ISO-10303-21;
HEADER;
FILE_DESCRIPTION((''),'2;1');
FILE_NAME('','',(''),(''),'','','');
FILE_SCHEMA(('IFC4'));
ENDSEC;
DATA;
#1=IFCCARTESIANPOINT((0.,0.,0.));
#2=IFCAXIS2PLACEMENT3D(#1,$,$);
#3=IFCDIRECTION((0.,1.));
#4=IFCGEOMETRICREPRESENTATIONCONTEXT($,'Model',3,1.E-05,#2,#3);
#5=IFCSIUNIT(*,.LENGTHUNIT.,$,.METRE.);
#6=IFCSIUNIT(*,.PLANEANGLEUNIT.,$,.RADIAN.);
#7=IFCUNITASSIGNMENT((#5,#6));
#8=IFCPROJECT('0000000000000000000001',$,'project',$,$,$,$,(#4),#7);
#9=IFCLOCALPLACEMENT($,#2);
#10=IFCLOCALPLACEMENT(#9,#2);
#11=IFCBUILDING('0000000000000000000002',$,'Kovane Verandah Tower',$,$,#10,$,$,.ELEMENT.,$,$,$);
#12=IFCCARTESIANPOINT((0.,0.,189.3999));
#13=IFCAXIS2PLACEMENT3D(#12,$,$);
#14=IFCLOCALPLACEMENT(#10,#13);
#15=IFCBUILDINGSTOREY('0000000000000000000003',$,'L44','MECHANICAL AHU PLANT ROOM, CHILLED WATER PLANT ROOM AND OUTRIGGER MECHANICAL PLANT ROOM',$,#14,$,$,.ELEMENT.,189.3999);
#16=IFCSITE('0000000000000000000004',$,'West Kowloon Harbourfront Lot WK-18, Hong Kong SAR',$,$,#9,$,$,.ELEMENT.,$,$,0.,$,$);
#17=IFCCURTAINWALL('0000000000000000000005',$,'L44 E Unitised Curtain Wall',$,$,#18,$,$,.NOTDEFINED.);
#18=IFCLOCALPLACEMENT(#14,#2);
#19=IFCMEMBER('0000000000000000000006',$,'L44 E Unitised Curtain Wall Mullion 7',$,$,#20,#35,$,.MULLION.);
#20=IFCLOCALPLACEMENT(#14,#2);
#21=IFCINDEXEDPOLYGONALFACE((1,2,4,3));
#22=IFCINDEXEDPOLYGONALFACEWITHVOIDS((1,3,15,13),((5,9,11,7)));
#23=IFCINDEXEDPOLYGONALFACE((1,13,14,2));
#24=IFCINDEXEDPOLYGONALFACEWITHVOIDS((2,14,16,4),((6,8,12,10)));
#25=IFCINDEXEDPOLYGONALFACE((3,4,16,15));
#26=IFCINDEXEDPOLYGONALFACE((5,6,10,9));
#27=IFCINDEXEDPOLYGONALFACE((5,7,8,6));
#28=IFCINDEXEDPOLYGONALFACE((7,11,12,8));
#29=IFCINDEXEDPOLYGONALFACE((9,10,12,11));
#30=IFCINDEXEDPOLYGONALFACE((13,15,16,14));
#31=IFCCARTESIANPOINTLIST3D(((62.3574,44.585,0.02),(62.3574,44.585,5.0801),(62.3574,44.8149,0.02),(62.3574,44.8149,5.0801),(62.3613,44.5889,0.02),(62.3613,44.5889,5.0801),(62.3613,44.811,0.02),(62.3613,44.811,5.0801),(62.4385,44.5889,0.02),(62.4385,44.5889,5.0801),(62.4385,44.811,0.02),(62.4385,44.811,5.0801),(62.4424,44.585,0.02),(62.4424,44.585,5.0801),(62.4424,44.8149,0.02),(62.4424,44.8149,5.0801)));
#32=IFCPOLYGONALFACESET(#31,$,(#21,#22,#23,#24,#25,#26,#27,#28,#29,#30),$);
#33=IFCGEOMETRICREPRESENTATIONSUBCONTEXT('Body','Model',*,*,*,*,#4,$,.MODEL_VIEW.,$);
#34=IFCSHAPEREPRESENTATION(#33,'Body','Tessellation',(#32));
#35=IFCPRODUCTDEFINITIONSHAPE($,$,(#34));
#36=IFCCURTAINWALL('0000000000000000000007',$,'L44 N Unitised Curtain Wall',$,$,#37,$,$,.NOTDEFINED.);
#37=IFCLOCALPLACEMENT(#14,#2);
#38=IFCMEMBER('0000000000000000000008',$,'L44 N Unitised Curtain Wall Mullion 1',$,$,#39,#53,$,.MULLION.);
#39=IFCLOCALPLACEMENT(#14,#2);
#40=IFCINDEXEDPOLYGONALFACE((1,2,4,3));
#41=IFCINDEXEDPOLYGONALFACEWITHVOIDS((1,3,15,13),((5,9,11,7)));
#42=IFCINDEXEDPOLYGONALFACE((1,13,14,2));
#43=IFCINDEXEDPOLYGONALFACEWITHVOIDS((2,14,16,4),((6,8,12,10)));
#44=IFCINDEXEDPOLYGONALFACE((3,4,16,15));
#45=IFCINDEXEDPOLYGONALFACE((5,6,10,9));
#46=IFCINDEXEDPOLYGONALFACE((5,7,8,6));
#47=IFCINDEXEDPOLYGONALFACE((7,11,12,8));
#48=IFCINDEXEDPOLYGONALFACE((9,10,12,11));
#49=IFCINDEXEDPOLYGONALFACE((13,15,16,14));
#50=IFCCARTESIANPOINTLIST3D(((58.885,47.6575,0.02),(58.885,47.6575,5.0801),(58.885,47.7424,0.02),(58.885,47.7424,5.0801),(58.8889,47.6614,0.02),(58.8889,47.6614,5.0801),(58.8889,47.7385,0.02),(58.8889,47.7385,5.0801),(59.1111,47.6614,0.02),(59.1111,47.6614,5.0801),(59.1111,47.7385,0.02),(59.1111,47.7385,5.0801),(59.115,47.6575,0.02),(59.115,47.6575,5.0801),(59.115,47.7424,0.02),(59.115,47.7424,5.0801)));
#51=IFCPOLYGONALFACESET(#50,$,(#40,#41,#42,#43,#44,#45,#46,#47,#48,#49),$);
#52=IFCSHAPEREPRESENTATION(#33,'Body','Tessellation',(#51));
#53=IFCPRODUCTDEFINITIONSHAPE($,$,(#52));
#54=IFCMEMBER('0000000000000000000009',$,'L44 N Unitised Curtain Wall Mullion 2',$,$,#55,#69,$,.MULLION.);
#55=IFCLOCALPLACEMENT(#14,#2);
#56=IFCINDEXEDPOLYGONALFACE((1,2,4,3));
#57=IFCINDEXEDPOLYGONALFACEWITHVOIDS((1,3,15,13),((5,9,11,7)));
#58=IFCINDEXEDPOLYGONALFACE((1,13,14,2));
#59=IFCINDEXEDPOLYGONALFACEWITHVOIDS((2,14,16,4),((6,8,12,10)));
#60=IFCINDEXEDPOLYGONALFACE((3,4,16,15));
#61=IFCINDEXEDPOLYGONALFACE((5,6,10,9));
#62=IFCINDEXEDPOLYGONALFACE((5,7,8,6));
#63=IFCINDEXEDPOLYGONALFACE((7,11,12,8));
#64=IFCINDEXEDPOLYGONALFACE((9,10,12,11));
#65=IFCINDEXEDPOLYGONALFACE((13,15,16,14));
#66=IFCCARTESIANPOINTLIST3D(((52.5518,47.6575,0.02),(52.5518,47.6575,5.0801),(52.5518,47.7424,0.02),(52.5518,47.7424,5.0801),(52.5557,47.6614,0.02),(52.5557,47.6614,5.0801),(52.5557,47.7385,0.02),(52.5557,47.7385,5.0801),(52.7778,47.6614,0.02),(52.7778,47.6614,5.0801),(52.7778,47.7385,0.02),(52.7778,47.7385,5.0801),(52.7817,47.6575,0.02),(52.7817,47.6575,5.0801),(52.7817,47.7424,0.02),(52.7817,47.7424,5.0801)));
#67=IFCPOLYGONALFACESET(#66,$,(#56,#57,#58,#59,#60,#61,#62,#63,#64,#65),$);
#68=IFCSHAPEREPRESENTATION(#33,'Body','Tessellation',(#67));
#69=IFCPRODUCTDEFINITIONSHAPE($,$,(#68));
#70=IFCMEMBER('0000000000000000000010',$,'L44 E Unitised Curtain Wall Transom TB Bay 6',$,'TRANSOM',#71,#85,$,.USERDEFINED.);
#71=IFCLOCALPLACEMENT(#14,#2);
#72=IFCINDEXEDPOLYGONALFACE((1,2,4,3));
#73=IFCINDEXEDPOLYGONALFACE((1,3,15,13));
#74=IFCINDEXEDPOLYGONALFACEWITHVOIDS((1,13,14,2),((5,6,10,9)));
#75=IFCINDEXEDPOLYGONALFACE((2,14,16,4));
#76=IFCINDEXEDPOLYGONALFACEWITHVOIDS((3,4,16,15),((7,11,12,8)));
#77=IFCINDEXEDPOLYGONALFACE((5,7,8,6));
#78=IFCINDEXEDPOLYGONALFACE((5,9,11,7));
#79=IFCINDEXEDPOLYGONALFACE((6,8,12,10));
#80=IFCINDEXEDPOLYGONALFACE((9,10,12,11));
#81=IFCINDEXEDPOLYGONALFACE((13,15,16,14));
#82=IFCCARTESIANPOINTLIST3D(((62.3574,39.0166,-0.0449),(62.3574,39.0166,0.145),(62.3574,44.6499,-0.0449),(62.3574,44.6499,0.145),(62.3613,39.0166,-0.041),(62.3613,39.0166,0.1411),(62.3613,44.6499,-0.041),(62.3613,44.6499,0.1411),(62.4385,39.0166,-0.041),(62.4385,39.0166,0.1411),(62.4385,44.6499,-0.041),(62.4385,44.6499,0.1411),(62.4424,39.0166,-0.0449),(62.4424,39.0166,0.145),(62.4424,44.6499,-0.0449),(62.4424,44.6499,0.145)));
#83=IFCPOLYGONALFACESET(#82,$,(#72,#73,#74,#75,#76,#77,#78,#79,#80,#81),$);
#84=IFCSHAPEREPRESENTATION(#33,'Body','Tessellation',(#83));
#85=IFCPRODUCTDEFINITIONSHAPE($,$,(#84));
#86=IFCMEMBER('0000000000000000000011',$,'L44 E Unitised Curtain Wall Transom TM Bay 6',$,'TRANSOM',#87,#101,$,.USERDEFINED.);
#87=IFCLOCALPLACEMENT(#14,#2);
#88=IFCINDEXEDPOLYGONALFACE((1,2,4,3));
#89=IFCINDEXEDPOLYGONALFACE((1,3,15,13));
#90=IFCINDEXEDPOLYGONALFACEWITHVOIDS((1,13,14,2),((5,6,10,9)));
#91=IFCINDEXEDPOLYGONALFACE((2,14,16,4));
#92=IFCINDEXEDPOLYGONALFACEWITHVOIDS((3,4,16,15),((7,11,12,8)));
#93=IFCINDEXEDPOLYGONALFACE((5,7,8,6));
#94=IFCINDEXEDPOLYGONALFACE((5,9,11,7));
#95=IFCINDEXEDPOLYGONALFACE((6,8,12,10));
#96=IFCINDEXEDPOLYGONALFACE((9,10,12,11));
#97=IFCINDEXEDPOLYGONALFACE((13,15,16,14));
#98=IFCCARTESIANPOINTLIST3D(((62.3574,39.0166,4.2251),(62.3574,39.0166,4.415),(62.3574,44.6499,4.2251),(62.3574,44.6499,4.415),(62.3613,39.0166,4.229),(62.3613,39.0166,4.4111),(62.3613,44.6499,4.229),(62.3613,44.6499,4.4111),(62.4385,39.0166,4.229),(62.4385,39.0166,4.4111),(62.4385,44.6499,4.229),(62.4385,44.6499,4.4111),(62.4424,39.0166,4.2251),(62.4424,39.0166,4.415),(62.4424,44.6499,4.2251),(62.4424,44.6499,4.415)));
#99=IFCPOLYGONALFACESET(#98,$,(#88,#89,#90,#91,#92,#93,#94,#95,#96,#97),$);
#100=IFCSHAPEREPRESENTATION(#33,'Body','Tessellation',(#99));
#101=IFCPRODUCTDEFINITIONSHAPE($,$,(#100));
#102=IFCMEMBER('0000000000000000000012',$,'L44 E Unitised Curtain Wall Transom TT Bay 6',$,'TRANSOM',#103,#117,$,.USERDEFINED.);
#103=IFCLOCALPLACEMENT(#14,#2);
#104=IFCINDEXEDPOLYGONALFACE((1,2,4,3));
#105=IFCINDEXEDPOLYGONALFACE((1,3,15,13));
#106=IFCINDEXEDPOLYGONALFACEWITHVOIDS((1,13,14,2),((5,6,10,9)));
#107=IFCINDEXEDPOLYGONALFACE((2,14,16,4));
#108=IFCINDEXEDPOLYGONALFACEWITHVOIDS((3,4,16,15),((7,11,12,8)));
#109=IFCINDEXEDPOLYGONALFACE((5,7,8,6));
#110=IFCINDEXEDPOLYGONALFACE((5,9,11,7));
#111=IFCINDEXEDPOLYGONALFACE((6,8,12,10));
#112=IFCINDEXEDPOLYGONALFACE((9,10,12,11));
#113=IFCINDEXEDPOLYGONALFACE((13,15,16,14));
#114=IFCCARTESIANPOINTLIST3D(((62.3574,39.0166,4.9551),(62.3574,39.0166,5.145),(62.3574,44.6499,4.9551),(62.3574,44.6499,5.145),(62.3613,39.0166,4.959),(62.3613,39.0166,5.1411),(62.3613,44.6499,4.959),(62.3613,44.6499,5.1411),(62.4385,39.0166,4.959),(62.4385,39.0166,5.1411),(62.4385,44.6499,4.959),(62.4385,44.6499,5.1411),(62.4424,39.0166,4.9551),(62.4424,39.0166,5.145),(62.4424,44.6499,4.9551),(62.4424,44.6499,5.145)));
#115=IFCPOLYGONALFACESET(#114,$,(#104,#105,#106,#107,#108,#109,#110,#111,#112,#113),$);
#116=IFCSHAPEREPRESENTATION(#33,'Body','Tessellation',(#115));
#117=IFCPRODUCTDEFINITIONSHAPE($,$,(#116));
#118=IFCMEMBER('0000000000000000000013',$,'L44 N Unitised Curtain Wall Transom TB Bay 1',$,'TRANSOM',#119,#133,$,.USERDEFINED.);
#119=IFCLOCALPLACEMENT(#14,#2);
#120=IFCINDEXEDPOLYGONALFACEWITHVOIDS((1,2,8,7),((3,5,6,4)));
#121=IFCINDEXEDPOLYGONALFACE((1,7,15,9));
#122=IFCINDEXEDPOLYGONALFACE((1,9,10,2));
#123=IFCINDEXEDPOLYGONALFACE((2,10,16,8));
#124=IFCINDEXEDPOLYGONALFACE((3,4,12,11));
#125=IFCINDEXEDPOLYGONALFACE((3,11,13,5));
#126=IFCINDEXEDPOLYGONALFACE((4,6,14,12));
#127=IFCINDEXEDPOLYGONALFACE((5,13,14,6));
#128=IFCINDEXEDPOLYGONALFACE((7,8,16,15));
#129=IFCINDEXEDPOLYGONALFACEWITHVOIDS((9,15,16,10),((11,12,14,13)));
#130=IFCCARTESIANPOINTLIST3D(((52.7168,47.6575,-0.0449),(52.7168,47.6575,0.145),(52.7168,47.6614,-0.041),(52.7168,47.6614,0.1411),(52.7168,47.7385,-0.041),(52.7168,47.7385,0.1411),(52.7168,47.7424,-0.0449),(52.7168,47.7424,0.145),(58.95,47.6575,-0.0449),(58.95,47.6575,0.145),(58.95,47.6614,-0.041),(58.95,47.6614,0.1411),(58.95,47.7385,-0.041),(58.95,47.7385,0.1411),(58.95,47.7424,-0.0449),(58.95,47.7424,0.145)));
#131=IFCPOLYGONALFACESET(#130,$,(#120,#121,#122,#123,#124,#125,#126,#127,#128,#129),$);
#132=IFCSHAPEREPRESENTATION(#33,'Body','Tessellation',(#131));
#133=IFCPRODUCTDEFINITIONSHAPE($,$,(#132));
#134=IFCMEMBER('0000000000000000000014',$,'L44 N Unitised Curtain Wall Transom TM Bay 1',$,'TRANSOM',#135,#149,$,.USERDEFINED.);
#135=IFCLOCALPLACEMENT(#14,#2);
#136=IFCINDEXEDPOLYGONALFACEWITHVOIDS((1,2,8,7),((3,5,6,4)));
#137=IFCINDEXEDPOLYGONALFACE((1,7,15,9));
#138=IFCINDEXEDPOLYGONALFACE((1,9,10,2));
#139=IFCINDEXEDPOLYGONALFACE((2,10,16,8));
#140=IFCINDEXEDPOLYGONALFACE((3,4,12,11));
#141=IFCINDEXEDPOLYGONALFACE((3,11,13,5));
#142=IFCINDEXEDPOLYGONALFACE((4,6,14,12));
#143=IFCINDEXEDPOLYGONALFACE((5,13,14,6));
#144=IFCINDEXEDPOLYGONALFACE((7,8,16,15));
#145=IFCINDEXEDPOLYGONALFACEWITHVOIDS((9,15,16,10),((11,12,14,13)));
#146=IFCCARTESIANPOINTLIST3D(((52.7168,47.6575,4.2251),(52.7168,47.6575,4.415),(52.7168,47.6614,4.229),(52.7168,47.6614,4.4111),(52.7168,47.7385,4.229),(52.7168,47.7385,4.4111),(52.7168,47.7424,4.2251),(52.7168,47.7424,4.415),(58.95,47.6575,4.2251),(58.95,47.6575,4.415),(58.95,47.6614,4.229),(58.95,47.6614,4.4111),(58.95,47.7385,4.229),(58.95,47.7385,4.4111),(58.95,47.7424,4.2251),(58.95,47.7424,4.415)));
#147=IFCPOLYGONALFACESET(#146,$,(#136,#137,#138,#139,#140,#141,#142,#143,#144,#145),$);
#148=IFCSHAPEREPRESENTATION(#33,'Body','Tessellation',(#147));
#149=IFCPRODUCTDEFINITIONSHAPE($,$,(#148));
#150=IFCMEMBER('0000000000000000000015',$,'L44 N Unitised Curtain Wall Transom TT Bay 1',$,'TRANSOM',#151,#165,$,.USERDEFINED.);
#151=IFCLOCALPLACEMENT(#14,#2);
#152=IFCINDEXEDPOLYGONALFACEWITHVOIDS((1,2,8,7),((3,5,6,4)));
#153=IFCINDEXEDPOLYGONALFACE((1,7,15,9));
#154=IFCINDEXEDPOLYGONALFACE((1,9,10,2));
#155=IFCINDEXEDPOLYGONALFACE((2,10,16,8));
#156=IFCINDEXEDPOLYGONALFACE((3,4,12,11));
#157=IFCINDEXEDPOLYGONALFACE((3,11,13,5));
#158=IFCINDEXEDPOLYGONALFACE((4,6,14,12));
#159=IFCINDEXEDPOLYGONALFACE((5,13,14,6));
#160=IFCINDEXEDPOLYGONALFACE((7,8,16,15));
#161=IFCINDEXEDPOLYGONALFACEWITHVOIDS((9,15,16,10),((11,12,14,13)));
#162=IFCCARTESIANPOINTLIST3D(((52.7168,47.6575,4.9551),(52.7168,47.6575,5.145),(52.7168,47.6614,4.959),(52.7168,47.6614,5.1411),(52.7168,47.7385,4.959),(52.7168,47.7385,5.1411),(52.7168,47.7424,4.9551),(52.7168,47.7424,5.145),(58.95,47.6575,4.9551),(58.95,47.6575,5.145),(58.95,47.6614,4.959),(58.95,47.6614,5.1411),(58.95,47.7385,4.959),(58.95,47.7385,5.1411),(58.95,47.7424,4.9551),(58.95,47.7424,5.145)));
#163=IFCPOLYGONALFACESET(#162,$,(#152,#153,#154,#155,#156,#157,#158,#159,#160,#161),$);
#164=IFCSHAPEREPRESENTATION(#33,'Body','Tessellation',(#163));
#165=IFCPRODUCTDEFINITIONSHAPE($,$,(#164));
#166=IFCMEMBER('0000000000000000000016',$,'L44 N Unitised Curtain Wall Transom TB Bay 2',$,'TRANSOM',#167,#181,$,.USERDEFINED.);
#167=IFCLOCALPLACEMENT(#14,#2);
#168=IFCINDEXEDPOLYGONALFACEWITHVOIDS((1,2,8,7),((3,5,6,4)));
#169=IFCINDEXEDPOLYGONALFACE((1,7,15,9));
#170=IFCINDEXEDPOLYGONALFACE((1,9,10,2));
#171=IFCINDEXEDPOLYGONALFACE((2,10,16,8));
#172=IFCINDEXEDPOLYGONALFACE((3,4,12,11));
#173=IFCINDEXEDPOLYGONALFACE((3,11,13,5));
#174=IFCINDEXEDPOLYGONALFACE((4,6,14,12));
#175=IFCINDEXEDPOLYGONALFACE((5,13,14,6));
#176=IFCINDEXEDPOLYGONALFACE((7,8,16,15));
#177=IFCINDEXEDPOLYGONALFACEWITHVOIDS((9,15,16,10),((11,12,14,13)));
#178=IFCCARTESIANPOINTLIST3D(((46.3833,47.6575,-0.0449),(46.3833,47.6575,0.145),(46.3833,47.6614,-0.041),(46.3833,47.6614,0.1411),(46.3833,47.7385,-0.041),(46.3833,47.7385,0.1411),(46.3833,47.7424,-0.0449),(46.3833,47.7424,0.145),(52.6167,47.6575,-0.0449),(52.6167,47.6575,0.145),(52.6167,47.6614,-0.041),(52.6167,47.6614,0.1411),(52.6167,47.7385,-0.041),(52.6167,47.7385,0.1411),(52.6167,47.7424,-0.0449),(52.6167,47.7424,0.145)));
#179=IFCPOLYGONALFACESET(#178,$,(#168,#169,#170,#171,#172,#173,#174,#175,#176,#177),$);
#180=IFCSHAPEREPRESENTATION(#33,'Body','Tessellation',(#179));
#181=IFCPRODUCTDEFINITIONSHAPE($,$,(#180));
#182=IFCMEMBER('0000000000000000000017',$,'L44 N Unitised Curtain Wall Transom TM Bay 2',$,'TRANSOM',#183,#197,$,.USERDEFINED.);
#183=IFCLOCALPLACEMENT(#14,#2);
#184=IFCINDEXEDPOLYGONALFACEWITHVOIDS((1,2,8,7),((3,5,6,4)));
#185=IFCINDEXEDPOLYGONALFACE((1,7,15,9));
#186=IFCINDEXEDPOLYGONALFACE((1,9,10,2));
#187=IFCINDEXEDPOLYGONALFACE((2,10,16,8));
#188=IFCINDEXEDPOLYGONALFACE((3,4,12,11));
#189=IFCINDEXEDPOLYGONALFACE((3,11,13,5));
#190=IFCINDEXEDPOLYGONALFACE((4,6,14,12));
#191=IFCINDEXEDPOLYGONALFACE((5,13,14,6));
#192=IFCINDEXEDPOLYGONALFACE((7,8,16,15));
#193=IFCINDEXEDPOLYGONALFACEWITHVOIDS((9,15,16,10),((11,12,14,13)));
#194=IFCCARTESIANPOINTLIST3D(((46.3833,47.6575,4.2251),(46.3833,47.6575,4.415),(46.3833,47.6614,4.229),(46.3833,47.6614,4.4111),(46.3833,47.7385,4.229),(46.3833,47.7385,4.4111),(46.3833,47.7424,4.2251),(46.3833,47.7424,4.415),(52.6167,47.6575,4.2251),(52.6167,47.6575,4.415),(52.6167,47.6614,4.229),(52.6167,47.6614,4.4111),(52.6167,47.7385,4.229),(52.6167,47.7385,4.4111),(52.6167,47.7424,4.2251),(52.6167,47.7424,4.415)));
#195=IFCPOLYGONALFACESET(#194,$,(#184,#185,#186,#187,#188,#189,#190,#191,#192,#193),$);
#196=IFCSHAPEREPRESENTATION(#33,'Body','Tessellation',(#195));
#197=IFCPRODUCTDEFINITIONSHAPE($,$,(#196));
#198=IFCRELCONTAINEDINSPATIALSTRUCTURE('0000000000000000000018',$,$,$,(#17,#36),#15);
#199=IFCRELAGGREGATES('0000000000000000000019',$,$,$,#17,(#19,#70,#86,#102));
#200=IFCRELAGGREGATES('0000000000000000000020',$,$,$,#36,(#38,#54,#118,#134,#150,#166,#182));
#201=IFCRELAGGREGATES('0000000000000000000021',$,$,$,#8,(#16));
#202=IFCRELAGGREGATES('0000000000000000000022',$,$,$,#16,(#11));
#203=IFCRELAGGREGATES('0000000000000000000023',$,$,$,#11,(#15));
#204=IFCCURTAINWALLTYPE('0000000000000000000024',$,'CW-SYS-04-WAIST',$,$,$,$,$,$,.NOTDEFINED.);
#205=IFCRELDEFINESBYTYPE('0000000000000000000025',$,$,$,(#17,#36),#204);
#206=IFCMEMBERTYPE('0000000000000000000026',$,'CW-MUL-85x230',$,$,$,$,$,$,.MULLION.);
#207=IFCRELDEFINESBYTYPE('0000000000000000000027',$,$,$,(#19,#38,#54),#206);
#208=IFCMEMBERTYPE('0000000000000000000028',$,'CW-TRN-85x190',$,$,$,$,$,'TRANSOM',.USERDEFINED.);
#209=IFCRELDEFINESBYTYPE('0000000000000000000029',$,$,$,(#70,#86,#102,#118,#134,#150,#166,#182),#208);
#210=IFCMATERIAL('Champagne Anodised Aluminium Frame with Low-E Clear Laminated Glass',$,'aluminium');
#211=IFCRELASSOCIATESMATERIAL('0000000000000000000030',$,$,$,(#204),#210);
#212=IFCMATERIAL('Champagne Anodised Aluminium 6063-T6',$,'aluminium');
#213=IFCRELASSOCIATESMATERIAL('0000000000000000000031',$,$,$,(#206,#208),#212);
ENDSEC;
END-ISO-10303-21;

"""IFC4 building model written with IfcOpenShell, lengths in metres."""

from ifc_helpers import new_model, si_unit, direction, frame, origin, origin_2d, place, context, subcontext, project, spatial, hollow_rectangle, extrude, material, material_profile, profile_set, type_object, element, aggregate, save


model = new_model("IFC4")

# Units and contexts
model_context = context("Model", 3, precision=1e-05, world=origin(), true_north=direction((0.0, 1.0)))
body_context = subcontext(model_context, "Body", "Model", "MODEL_VIEW")
ifc_project = project(units=[si_unit("LENGTHUNIT", "METRE"), si_unit("PLANEANGLEUNIT", "RADIAN")], contexts=[model_context])

# Site, building, storey
site_placement = place(None, origin())
site = spatial("IfcSite", under=ifc_project, at=site_placement, Name="West Kowloon Harbourfront Lot WK-18, Hong Kong SAR", CompositionType="ELEMENT", RefElevation=0.0)
building_placement = place(site_placement, origin())
building = spatial("IfcBuilding", under=site, at=building_placement, Name="Kovane Verandah Tower", CompositionType="ELEMENT")
storey_placement = place(building_placement, frame((0.0, 0.0, 189.3999)))
storey = spatial("IfcBuildingStorey", under=building, at=storey_placement, Name="L44", Description="MECHANICAL AHU PLANT ROOM, CHILLED WATER PLANT ROOM AND OUTRIGGER MECHANICAL PLANT ROOM", CompositionType="ELEMENT", Elevation=189.3999)

# Curtain walls, members
ifc_material_1 = material(Name="Champagne Anodised Aluminium Frame with Low-E Clear Laminated Glass", Category="aluminium")
curtain_wall_type = type_object("IfcCurtainWallType", Name="CW-SYS-04-WAIST", PredefinedType="NOTDEFINED", material=ifc_material_1)
curtain_wall_1_placement = place(storey_placement, origin())
curtain_wall_1 = element("IfcCurtainWall", 1, at=curtain_wall_1_placement, inside=storey, type_object=curtain_wall_type, Name="L44 E Unitised Curtain Wall", PredefinedType="NOTDEFINED")
ifc_material_2 = material(Name="Champagne Anodised Aluminium 6063-T6", Category="aluminium")
ifc_material_profile_1 = material_profile(ifc_material_2, hollow_rectangle(XDim=0.085, YDim=0.23, WallThickness=0.0039, at=origin_2d()), Name="AL85x230x4")
ifc_profile_set_1 = profile_set([ifc_material_profile_1], Name="Champagne Anodised Aluminium 6063-T6")
member_type_1 = type_object("IfcMemberType", Name="CW-MUL-85x230", PredefinedType="MULLION", material=ifc_profile_set_1)
member_1_placement = place(storey_placement, frame((62.3999, 44.7, 0.02), z_axis=(0.0, 0.0, 1.0), x_axis=(1.0, 0.0, 0.0)))
member_1 = element("IfcMember", 2, at=member_1_placement, type_object=member_type_1, Name="L44 E Unitised Curtain Wall Mullion 7", PredefinedType="MULLION", context=body_context, shape_type="SweptSolid", body=[
    extrude(hollow_rectangle(XDim=0.085, YDim=0.23, WallThickness=0.0039, at=origin_2d()), origin(), (0.0, 0.0, 1.0), 5.0601),
])
curtain_wall_2_placement = place(storey_placement, origin())
curtain_wall_2 = element("IfcCurtainWall", 3, at=curtain_wall_2_placement, inside=storey, type_object=curtain_wall_type, Name="L44 N Unitised Curtain Wall", PredefinedType="NOTDEFINED")
member_2_placement = place(storey_placement, frame((59.0, 47.7, 0.02), z_axis=(0.0, 0.0, 1.0), x_axis=(0.0, 1.0, 0.0)))
member_2 = element("IfcMember", 4, at=member_2_placement, type_object=member_type_1, Name="L44 N Unitised Curtain Wall Mullion 1", PredefinedType="MULLION", context=body_context, shape_type="SweptSolid", body=[
    extrude(hollow_rectangle(XDim=0.085, YDim=0.23, WallThickness=0.0039, at=origin_2d()), origin(), (0.0, 0.0, 1.0), 5.0601),
])
member_3_placement = place(storey_placement, frame((52.6667, 47.7, 0.02), z_axis=(0.0, 0.0, 1.0), x_axis=(0.0, 1.0, 0.0)))
member_3 = element("IfcMember", 5, at=member_3_placement, type_object=member_type_1, Name="L44 N Unitised Curtain Wall Mullion 2", PredefinedType="MULLION", context=body_context, shape_type="SweptSolid", body=[
    extrude(hollow_rectangle(XDim=0.085, YDim=0.23, WallThickness=0.0039, at=origin_2d()), origin(), (0.0, 0.0, 1.0), 5.0601),
])

# Members
ifc_material_profile_2 = material_profile(ifc_material_2, hollow_rectangle(XDim=0.085, YDim=0.1899, WallThickness=0.0039, at=origin_2d()), Name="AL85x190x4")
ifc_profile_set_2 = profile_set([ifc_material_profile_2], Name="Champagne Anodised Aluminium 6063-T6")
member_type_2 = type_object("IfcMemberType", Name="CW-TRN-85x190", ElementType="TRANSOM", PredefinedType="USERDEFINED", material=ifc_profile_set_2)
member_4_placement = place(storey_placement, frame((62.3999, 39.0166, 0.05), z_axis=(0.0, 1.0, 0.0), x_axis=(-1.0, 0.0, 0.0)))
member_4 = element("IfcMember", 6, at=member_4_placement, type_object=member_type_2, Name="L44 E Unitised Curtain Wall Transom TB Bay 6", ObjectType="TRANSOM", PredefinedType="USERDEFINED", context=body_context, shape_type="SweptSolid", body=[
    extrude(hollow_rectangle(XDim=0.085, YDim=0.1899, WallThickness=0.0039, at=origin_2d()), origin(), (0.0, 0.0, 1.0), 5.6333),
])
member_5_placement = place(storey_placement, frame((62.3999, 39.0166, 4.3201), z_axis=(0.0, 1.0, 0.0), x_axis=(-1.0, 0.0, 0.0)))
member_5 = element("IfcMember", 7, at=member_5_placement, type_object=member_type_2, Name="L44 E Unitised Curtain Wall Transom TM Bay 6", ObjectType="TRANSOM", PredefinedType="USERDEFINED", context=body_context, shape_type="SweptSolid", body=[
    extrude(hollow_rectangle(XDim=0.085, YDim=0.1899, WallThickness=0.0039, at=origin_2d()), origin(), (0.0, 0.0, 1.0), 5.6333),
])
member_6_placement = place(storey_placement, frame((62.3999, 39.0166, 5.05), z_axis=(0.0, 1.0, 0.0), x_axis=(-1.0, 0.0, 0.0)))
member_6 = element("IfcMember", 8, at=member_6_placement, type_object=member_type_2, Name="L44 E Unitised Curtain Wall Transom TT Bay 6", ObjectType="TRANSOM", PredefinedType="USERDEFINED", context=body_context, shape_type="SweptSolid", body=[
    extrude(hollow_rectangle(XDim=0.085, YDim=0.1899, WallThickness=0.0039, at=origin_2d()), origin(), (0.0, 0.0, 1.0), 5.6333),
])
member_7_placement = place(storey_placement, frame((58.95, 47.7, 0.05), z_axis=(-1.0, 0.0, 0.0), x_axis=(0.0, -1.0, 0.0)))
member_7 = element("IfcMember", 9, at=member_7_placement, type_object=member_type_2, Name="L44 N Unitised Curtain Wall Transom TB Bay 1", ObjectType="TRANSOM", PredefinedType="USERDEFINED", context=body_context, shape_type="SweptSolid", body=[
    extrude(hollow_rectangle(XDim=0.085, YDim=0.1899, WallThickness=0.0039, at=origin_2d()), origin(), (0.0, 0.0, 1.0), 6.2332),
])
member_8_placement = place(storey_placement, frame((58.95, 47.7, 4.3201), z_axis=(-1.0, 0.0, 0.0), x_axis=(0.0, -1.0, 0.0)))
member_8 = element("IfcMember", 10, at=member_8_placement, type_object=member_type_2, Name="L44 N Unitised Curtain Wall Transom TM Bay 1", ObjectType="TRANSOM", PredefinedType="USERDEFINED", context=body_context, shape_type="SweptSolid", body=[
    extrude(hollow_rectangle(XDim=0.085, YDim=0.1899, WallThickness=0.0039, at=origin_2d()), origin(), (0.0, 0.0, 1.0), 6.2332),
])
member_9_placement = place(storey_placement, frame((58.95, 47.7, 5.05), z_axis=(-1.0, 0.0, 0.0), x_axis=(0.0, -1.0, 0.0)))
member_9 = element("IfcMember", 11, at=member_9_placement, type_object=member_type_2, Name="L44 N Unitised Curtain Wall Transom TT Bay 1", ObjectType="TRANSOM", PredefinedType="USERDEFINED", context=body_context, shape_type="SweptSolid", body=[
    extrude(hollow_rectangle(XDim=0.085, YDim=0.1899, WallThickness=0.0039, at=origin_2d()), origin(), (0.0, 0.0, 1.0), 6.2332),
])
member_10_placement = place(storey_placement, frame((52.6167, 47.7, 0.05), z_axis=(-1.0, 0.0, 0.0), x_axis=(0.0, -1.0, 0.0)))
member_10 = element("IfcMember", 12, at=member_10_placement, type_object=member_type_2, Name="L44 N Unitised Curtain Wall Transom TB Bay 2", ObjectType="TRANSOM", PredefinedType="USERDEFINED", context=body_context, shape_type="SweptSolid", body=[
    extrude(hollow_rectangle(XDim=0.085, YDim=0.1899, WallThickness=0.0039, at=origin_2d()), origin(), (0.0, 0.0, 1.0), 6.2334),
])
member_11_placement = place(storey_placement, frame((52.6167, 47.7, 4.3201), z_axis=(-1.0, 0.0, 0.0), x_axis=(0.0, -1.0, 0.0)))
member_11 = element("IfcMember", 13, at=member_11_placement, type_object=member_type_2, Name="L44 N Unitised Curtain Wall Transom TM Bay 2", ObjectType="TRANSOM", PredefinedType="USERDEFINED", context=body_context, shape_type="SweptSolid", body=[
    extrude(hollow_rectangle(XDim=0.085, YDim=0.1899, WallThickness=0.0039, at=origin_2d()), origin(), (0.0, 0.0, 1.0), 6.2334),
])

aggregate(curtain_wall_1, [member_1, member_4, member_5, member_6])
aggregate(curtain_wall_2, [member_2, member_3, member_7, member_8, member_9, member_10, member_11])

save(model, "model.ifc")
